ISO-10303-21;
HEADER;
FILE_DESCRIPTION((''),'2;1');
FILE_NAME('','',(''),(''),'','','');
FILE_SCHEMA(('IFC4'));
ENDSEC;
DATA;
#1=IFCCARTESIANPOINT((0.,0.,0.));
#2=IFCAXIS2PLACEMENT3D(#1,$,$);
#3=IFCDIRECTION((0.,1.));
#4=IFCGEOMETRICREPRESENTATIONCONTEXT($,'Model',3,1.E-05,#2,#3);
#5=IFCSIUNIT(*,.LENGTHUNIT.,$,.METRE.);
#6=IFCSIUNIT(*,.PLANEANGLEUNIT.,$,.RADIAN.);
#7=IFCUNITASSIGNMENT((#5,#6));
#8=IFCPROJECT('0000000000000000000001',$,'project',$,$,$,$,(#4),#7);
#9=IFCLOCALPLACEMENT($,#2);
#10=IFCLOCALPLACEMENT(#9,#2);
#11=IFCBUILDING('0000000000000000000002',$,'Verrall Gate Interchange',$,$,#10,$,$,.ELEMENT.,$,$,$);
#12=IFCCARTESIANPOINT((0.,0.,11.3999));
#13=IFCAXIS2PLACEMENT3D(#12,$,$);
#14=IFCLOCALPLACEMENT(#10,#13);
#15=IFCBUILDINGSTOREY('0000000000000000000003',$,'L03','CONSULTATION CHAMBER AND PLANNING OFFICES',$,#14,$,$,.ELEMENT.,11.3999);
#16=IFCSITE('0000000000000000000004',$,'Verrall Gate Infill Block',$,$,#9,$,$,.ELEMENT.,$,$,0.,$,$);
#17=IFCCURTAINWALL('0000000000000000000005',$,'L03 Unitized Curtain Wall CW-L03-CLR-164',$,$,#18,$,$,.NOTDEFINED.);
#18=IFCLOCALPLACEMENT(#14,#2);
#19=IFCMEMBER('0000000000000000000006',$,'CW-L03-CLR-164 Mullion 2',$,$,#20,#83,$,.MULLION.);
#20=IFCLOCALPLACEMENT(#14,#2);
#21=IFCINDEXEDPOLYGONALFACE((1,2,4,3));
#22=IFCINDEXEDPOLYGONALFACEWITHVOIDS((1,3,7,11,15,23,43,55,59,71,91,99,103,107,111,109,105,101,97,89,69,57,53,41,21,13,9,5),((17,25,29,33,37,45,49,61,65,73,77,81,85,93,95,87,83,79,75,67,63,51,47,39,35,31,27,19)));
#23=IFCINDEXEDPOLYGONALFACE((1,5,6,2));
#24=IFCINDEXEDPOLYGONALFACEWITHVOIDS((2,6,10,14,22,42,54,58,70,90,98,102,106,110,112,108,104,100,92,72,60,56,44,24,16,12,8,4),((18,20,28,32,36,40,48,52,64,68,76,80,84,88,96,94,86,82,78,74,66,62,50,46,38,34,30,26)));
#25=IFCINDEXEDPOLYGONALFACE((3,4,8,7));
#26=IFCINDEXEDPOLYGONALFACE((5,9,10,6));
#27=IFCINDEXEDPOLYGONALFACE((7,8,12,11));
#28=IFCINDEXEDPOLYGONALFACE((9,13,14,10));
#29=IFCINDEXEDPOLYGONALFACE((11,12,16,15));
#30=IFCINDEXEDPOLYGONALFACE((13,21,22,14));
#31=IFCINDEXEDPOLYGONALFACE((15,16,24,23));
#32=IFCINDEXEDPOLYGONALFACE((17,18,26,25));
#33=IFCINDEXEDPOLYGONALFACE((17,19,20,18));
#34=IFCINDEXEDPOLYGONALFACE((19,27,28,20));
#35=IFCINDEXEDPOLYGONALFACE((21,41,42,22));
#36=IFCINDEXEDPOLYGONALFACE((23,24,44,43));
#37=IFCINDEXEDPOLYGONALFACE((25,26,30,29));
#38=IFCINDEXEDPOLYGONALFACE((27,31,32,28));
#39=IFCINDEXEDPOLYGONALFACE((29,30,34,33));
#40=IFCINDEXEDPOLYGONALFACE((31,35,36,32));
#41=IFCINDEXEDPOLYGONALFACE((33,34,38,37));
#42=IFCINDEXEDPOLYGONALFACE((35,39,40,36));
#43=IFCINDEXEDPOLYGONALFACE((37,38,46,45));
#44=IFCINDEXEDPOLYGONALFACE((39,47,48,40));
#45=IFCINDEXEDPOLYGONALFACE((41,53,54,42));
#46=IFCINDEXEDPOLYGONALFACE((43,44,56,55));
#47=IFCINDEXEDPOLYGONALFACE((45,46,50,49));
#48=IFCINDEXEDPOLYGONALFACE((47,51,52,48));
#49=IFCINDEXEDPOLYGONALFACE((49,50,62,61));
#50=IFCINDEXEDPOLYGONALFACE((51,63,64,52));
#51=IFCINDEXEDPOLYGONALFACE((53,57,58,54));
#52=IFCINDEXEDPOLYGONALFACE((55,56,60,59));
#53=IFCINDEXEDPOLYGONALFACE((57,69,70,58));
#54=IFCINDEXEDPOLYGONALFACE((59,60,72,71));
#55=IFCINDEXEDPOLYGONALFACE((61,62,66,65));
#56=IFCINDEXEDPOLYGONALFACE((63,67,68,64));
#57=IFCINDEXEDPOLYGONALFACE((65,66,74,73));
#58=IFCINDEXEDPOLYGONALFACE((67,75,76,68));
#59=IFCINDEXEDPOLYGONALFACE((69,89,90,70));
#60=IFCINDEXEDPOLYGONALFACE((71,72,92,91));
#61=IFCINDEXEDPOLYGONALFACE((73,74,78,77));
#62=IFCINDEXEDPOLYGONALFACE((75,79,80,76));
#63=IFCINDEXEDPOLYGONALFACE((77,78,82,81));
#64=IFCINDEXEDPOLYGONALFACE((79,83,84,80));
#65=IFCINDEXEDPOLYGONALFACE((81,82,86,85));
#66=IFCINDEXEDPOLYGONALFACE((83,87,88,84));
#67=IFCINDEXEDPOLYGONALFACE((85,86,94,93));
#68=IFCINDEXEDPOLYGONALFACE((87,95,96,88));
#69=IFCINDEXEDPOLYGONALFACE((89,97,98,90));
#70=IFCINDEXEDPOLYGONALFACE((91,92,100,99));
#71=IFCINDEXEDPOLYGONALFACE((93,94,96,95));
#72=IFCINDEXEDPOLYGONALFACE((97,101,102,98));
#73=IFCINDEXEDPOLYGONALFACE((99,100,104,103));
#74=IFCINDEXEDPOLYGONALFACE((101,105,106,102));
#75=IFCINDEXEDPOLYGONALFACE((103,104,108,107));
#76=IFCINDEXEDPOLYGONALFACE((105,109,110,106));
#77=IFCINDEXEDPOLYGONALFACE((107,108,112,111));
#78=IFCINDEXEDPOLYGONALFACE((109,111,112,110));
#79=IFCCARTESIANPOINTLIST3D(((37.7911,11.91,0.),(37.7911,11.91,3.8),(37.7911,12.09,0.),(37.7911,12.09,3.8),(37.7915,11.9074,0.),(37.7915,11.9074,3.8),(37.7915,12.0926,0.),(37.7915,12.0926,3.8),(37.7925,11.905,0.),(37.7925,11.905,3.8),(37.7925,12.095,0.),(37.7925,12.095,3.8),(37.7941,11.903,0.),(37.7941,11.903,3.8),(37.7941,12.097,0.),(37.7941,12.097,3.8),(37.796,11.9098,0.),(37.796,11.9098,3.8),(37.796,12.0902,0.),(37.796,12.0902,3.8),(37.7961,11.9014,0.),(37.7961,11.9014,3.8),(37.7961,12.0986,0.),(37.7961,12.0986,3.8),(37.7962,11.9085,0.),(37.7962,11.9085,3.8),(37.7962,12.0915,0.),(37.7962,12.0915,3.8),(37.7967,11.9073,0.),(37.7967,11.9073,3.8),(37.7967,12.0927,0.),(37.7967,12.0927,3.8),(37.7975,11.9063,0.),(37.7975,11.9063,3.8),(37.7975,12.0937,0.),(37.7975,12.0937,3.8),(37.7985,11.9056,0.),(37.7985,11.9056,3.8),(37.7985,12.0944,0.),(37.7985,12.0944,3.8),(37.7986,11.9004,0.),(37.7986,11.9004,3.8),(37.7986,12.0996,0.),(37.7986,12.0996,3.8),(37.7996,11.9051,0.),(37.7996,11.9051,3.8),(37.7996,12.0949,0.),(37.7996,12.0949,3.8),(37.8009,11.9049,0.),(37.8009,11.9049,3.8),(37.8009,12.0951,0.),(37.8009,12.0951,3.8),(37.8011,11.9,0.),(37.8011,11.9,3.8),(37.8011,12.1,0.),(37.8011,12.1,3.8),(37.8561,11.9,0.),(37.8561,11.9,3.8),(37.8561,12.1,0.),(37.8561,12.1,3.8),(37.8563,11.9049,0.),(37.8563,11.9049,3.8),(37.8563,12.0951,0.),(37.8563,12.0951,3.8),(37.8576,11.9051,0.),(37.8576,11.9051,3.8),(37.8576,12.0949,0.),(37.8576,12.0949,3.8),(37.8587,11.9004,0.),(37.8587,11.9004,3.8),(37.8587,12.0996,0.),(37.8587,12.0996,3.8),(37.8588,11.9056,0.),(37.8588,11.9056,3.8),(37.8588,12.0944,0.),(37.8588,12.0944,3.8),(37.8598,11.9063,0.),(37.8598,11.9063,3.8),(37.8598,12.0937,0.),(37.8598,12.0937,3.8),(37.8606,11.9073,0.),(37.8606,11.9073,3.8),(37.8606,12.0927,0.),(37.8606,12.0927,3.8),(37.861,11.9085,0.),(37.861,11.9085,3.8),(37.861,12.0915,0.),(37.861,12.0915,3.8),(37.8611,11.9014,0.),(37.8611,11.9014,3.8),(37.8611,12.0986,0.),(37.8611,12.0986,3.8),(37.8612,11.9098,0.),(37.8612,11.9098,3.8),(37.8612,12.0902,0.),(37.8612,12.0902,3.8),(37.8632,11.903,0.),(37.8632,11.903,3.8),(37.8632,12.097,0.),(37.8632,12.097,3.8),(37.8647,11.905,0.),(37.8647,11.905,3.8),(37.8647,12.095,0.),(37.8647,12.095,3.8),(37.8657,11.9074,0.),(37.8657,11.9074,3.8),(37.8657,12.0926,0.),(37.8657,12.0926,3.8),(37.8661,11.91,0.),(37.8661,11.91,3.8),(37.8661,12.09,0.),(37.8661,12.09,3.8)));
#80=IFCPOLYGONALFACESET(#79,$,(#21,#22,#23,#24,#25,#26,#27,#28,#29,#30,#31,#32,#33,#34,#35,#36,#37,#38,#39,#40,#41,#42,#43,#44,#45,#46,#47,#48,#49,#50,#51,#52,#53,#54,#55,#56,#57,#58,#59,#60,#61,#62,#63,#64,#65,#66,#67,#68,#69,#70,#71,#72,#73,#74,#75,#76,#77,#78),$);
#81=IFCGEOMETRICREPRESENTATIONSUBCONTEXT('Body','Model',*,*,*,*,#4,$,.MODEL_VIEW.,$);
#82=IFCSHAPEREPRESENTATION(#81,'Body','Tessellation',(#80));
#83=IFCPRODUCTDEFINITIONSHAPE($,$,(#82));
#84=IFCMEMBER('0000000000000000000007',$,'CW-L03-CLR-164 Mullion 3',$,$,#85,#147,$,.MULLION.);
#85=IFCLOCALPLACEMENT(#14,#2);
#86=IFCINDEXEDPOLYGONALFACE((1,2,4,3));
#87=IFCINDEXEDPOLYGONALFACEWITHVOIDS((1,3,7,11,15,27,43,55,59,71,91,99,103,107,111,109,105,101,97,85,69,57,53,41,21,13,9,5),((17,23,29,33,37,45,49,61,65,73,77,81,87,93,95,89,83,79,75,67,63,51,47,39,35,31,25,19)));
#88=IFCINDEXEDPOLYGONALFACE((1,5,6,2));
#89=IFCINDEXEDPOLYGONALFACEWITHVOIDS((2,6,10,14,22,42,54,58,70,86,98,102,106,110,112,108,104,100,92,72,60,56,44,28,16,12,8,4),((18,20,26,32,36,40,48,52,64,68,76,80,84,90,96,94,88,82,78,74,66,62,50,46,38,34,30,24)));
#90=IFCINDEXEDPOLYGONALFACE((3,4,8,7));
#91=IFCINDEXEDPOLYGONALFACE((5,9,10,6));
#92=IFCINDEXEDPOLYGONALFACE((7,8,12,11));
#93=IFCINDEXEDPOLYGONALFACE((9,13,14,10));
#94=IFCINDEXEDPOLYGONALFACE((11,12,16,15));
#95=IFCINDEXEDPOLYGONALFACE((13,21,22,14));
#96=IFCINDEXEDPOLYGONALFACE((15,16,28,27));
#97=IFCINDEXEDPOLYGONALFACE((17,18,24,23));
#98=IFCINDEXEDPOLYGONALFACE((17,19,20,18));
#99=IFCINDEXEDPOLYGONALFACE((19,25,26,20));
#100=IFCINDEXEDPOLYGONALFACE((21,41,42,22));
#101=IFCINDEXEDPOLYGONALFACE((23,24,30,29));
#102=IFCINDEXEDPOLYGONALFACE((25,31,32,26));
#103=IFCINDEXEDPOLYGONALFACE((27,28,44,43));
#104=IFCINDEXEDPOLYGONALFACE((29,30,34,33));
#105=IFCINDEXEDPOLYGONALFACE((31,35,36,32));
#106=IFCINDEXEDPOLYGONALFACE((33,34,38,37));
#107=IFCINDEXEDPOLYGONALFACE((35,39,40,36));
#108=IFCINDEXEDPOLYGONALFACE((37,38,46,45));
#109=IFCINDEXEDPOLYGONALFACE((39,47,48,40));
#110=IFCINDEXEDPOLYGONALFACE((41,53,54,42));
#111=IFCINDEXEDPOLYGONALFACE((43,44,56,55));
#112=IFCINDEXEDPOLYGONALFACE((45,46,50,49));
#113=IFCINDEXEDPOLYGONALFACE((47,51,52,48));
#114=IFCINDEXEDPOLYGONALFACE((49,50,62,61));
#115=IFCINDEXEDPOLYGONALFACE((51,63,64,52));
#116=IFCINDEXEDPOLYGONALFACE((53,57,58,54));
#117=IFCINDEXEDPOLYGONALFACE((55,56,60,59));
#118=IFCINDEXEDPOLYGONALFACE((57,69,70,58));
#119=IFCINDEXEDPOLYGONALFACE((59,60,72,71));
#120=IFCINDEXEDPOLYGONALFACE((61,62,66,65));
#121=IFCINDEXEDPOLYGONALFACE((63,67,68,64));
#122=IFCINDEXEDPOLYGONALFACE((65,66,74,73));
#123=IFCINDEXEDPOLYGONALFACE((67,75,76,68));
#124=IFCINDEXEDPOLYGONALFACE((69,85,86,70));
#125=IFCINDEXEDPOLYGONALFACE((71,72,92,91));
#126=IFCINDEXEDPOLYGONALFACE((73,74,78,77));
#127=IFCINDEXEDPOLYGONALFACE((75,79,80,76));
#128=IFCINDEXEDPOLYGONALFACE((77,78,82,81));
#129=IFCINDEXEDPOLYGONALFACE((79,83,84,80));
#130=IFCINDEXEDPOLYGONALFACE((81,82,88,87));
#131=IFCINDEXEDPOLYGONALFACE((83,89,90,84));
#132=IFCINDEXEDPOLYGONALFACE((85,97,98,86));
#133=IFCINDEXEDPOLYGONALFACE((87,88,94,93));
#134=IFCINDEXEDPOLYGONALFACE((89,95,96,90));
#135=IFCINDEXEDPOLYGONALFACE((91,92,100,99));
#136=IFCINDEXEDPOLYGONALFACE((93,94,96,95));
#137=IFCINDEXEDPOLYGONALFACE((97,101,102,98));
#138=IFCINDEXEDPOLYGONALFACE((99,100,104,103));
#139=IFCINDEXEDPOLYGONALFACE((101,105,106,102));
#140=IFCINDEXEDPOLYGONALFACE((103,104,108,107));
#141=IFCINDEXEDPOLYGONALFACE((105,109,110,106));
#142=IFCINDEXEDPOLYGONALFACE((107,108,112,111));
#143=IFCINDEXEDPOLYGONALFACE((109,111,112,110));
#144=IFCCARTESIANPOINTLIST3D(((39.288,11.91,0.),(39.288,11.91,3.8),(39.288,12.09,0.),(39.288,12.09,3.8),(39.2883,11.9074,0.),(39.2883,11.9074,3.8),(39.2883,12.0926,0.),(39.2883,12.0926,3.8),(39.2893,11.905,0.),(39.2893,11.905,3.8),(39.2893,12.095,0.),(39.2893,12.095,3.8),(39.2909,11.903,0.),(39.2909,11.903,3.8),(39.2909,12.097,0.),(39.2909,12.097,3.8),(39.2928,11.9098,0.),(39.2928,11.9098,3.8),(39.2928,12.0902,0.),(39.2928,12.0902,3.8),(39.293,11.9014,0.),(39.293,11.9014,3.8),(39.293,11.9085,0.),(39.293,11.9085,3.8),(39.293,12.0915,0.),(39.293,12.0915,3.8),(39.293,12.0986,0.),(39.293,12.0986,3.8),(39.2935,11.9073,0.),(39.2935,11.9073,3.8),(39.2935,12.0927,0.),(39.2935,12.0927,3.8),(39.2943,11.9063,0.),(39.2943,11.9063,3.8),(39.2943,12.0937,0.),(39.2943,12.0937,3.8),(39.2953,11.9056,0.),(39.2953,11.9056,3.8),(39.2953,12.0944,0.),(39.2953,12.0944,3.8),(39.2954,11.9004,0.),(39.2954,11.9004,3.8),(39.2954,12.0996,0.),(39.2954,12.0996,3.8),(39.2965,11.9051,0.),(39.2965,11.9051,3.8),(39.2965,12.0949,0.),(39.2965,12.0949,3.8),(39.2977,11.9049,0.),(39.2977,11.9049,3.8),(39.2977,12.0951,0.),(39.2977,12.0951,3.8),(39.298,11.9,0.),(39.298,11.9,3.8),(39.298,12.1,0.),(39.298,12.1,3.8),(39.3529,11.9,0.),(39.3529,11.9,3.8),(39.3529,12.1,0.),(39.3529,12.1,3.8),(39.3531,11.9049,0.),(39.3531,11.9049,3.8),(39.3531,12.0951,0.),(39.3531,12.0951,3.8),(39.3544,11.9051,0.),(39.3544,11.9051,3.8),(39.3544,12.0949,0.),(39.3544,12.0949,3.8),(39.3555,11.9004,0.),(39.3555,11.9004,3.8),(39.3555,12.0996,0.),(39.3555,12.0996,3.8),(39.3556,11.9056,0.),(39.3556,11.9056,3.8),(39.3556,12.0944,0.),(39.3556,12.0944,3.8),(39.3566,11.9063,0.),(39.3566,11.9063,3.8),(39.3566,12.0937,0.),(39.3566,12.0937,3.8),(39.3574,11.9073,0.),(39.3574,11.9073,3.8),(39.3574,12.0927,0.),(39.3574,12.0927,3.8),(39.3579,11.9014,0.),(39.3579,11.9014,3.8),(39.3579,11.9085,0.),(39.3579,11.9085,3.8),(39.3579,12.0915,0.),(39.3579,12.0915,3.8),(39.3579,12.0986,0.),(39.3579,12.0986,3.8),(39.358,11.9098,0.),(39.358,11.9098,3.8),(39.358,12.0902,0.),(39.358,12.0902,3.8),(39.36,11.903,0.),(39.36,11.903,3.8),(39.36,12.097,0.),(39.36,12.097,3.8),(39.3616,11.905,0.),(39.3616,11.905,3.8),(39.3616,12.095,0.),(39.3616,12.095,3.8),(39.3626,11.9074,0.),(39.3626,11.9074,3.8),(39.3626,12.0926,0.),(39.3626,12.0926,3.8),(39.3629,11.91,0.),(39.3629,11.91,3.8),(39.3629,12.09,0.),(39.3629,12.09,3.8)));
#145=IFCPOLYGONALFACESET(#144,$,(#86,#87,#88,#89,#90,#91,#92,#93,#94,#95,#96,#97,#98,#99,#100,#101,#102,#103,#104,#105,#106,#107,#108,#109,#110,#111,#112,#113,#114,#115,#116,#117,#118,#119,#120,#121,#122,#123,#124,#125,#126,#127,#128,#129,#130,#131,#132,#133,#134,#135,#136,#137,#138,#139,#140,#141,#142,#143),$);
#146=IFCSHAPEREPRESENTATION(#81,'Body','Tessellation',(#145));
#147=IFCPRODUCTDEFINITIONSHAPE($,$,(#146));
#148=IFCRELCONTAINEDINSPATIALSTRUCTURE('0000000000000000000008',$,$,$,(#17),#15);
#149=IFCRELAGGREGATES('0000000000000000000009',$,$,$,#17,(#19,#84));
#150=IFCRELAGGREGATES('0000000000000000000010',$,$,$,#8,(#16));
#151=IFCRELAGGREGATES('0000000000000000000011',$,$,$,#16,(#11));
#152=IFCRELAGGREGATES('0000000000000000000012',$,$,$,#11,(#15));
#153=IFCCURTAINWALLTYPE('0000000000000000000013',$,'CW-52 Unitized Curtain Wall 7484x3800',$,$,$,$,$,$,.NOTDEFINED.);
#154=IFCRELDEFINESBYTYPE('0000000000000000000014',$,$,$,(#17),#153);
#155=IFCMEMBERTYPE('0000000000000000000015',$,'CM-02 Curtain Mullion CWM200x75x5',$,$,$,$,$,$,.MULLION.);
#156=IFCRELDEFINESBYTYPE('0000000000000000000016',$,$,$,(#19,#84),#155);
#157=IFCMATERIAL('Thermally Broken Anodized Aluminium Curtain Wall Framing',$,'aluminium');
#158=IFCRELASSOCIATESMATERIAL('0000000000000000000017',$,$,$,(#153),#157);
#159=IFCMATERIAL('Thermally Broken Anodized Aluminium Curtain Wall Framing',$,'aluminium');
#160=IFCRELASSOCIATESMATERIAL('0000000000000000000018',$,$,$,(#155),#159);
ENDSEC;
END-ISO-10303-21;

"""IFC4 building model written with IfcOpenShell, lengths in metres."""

from ifc_helpers import new_model, si_unit, direction, frame, origin, origin_2d, place, context, subcontext, project, spatial, hollow_rectangle, extrude, material, material_profile, profile_set, type_object, element, aggregate, save


model = new_model("IFC4")

# Units and contexts
model_context = context("Model", 3, precision=1e-05, world=origin(), true_north=direction((0.0, 1.0)))
body_context = subcontext(model_context, "Body", "Model", "MODEL_VIEW")
ifc_project = project(units=[si_unit("LENGTHUNIT", "METRE"), si_unit("PLANEANGLEUNIT", "RADIAN")], contexts=[model_context])

# Site, building, storey
site_placement = place(None, origin())
site = spatial("IfcSite", under=ifc_project, at=site_placement, Name="Verrall Gate Infill Block", CompositionType="ELEMENT", RefElevation=0.0)
building_placement = place(site_placement, origin())
building = spatial("IfcBuilding", under=site, at=building_placement, Name="Verrall Gate Interchange", CompositionType="ELEMENT")
storey_placement = place(building_placement, frame((0.0, 0.0, 11.3999)))
storey = spatial("IfcBuildingStorey", under=building, at=storey_placement, Name="L03", Description="CONSULTATION CHAMBER AND PLANNING OFFICES", CompositionType="ELEMENT", Elevation=11.3999)

# Curtain wall, members
ifc_material_1 = material(Name="Thermally Broken Anodized Aluminium Curtain Wall Framing", Category="aluminium")
curtain_wall_type = type_object("IfcCurtainWallType", Name="CW-52 Unitized Curtain Wall 7484x3800", PredefinedType="NOTDEFINED", material=ifc_material_1)
curtain_wall_placement = place(storey_placement, origin())
curtain_wall = element("IfcCurtainWall", 1, at=curtain_wall_placement, inside=storey, type_object=curtain_wall_type, Name="L03 Unitized Curtain Wall CW-L03-CLR-164", PredefinedType="NOTDEFINED")
ifc_material_2 = material(Name="Thermally Broken Anodized Aluminium Curtain Wall Framing", Category="aluminium")
ifc_material_profile_1 = material_profile(ifc_material_2, hollow_rectangle(XDim=0.075, YDim=0.2, WallThickness=0.0049, InnerFilletRadius=0.0049, OuterFilletRadius=0.01, at=origin_2d()), Name="CWM200x75x5")
ifc_profile_set_1 = profile_set([ifc_material_profile_1], Name="Thermally Broken Anodized Aluminium Curtain Wall Framing")
member_type_1 = type_object("IfcMemberType", Name="CM-02 Curtain Mullion CWM200x75x5", PredefinedType="MULLION", material=ifc_profile_set_1)
member_1_placement = place(storey_placement, frame((37.8286, 12.0, 0.0), z_axis=(0.0, 0.0, 1.0), x_axis=(1.0, 0.0, 0.0)))
member_1 = element("IfcMember", 2, at=member_1_placement, type_object=member_type_1, Name="CW-L03-CLR-164 Mullion 2", PredefinedType="MULLION", context=body_context, shape_type="SweptSolid", body=[
    extrude(hollow_rectangle(XDim=0.075, YDim=0.2, WallThickness=0.0049, InnerFilletRadius=0.0049, OuterFilletRadius=0.01, at=origin_2d()), origin(), (0.0, 0.0, 1.0), 3.8),
])
member_2_placement = place(storey_placement, frame((39.3254, 12.0, 0.0), z_axis=(0.0, 0.0, 1.0), x_axis=(1.0, 0.0, 0.0)))
member_2 = element("IfcMember", 3, at=member_2_placement, type_object=member_type_1, Name="CW-L03-CLR-164 Mullion 3", PredefinedType="MULLION", context=body_context, shape_type="SweptSolid", body=[
    extrude(hollow_rectangle(XDim=0.075, YDim=0.2, WallThickness=0.0049, InnerFilletRadius=0.0049, OuterFilletRadius=0.01, at=origin_2d()), origin(), (0.0, 0.0, 1.0), 3.8),
])

aggregate(curtain_wall, [member_1, member_2])

save(model, "model.ifc")
